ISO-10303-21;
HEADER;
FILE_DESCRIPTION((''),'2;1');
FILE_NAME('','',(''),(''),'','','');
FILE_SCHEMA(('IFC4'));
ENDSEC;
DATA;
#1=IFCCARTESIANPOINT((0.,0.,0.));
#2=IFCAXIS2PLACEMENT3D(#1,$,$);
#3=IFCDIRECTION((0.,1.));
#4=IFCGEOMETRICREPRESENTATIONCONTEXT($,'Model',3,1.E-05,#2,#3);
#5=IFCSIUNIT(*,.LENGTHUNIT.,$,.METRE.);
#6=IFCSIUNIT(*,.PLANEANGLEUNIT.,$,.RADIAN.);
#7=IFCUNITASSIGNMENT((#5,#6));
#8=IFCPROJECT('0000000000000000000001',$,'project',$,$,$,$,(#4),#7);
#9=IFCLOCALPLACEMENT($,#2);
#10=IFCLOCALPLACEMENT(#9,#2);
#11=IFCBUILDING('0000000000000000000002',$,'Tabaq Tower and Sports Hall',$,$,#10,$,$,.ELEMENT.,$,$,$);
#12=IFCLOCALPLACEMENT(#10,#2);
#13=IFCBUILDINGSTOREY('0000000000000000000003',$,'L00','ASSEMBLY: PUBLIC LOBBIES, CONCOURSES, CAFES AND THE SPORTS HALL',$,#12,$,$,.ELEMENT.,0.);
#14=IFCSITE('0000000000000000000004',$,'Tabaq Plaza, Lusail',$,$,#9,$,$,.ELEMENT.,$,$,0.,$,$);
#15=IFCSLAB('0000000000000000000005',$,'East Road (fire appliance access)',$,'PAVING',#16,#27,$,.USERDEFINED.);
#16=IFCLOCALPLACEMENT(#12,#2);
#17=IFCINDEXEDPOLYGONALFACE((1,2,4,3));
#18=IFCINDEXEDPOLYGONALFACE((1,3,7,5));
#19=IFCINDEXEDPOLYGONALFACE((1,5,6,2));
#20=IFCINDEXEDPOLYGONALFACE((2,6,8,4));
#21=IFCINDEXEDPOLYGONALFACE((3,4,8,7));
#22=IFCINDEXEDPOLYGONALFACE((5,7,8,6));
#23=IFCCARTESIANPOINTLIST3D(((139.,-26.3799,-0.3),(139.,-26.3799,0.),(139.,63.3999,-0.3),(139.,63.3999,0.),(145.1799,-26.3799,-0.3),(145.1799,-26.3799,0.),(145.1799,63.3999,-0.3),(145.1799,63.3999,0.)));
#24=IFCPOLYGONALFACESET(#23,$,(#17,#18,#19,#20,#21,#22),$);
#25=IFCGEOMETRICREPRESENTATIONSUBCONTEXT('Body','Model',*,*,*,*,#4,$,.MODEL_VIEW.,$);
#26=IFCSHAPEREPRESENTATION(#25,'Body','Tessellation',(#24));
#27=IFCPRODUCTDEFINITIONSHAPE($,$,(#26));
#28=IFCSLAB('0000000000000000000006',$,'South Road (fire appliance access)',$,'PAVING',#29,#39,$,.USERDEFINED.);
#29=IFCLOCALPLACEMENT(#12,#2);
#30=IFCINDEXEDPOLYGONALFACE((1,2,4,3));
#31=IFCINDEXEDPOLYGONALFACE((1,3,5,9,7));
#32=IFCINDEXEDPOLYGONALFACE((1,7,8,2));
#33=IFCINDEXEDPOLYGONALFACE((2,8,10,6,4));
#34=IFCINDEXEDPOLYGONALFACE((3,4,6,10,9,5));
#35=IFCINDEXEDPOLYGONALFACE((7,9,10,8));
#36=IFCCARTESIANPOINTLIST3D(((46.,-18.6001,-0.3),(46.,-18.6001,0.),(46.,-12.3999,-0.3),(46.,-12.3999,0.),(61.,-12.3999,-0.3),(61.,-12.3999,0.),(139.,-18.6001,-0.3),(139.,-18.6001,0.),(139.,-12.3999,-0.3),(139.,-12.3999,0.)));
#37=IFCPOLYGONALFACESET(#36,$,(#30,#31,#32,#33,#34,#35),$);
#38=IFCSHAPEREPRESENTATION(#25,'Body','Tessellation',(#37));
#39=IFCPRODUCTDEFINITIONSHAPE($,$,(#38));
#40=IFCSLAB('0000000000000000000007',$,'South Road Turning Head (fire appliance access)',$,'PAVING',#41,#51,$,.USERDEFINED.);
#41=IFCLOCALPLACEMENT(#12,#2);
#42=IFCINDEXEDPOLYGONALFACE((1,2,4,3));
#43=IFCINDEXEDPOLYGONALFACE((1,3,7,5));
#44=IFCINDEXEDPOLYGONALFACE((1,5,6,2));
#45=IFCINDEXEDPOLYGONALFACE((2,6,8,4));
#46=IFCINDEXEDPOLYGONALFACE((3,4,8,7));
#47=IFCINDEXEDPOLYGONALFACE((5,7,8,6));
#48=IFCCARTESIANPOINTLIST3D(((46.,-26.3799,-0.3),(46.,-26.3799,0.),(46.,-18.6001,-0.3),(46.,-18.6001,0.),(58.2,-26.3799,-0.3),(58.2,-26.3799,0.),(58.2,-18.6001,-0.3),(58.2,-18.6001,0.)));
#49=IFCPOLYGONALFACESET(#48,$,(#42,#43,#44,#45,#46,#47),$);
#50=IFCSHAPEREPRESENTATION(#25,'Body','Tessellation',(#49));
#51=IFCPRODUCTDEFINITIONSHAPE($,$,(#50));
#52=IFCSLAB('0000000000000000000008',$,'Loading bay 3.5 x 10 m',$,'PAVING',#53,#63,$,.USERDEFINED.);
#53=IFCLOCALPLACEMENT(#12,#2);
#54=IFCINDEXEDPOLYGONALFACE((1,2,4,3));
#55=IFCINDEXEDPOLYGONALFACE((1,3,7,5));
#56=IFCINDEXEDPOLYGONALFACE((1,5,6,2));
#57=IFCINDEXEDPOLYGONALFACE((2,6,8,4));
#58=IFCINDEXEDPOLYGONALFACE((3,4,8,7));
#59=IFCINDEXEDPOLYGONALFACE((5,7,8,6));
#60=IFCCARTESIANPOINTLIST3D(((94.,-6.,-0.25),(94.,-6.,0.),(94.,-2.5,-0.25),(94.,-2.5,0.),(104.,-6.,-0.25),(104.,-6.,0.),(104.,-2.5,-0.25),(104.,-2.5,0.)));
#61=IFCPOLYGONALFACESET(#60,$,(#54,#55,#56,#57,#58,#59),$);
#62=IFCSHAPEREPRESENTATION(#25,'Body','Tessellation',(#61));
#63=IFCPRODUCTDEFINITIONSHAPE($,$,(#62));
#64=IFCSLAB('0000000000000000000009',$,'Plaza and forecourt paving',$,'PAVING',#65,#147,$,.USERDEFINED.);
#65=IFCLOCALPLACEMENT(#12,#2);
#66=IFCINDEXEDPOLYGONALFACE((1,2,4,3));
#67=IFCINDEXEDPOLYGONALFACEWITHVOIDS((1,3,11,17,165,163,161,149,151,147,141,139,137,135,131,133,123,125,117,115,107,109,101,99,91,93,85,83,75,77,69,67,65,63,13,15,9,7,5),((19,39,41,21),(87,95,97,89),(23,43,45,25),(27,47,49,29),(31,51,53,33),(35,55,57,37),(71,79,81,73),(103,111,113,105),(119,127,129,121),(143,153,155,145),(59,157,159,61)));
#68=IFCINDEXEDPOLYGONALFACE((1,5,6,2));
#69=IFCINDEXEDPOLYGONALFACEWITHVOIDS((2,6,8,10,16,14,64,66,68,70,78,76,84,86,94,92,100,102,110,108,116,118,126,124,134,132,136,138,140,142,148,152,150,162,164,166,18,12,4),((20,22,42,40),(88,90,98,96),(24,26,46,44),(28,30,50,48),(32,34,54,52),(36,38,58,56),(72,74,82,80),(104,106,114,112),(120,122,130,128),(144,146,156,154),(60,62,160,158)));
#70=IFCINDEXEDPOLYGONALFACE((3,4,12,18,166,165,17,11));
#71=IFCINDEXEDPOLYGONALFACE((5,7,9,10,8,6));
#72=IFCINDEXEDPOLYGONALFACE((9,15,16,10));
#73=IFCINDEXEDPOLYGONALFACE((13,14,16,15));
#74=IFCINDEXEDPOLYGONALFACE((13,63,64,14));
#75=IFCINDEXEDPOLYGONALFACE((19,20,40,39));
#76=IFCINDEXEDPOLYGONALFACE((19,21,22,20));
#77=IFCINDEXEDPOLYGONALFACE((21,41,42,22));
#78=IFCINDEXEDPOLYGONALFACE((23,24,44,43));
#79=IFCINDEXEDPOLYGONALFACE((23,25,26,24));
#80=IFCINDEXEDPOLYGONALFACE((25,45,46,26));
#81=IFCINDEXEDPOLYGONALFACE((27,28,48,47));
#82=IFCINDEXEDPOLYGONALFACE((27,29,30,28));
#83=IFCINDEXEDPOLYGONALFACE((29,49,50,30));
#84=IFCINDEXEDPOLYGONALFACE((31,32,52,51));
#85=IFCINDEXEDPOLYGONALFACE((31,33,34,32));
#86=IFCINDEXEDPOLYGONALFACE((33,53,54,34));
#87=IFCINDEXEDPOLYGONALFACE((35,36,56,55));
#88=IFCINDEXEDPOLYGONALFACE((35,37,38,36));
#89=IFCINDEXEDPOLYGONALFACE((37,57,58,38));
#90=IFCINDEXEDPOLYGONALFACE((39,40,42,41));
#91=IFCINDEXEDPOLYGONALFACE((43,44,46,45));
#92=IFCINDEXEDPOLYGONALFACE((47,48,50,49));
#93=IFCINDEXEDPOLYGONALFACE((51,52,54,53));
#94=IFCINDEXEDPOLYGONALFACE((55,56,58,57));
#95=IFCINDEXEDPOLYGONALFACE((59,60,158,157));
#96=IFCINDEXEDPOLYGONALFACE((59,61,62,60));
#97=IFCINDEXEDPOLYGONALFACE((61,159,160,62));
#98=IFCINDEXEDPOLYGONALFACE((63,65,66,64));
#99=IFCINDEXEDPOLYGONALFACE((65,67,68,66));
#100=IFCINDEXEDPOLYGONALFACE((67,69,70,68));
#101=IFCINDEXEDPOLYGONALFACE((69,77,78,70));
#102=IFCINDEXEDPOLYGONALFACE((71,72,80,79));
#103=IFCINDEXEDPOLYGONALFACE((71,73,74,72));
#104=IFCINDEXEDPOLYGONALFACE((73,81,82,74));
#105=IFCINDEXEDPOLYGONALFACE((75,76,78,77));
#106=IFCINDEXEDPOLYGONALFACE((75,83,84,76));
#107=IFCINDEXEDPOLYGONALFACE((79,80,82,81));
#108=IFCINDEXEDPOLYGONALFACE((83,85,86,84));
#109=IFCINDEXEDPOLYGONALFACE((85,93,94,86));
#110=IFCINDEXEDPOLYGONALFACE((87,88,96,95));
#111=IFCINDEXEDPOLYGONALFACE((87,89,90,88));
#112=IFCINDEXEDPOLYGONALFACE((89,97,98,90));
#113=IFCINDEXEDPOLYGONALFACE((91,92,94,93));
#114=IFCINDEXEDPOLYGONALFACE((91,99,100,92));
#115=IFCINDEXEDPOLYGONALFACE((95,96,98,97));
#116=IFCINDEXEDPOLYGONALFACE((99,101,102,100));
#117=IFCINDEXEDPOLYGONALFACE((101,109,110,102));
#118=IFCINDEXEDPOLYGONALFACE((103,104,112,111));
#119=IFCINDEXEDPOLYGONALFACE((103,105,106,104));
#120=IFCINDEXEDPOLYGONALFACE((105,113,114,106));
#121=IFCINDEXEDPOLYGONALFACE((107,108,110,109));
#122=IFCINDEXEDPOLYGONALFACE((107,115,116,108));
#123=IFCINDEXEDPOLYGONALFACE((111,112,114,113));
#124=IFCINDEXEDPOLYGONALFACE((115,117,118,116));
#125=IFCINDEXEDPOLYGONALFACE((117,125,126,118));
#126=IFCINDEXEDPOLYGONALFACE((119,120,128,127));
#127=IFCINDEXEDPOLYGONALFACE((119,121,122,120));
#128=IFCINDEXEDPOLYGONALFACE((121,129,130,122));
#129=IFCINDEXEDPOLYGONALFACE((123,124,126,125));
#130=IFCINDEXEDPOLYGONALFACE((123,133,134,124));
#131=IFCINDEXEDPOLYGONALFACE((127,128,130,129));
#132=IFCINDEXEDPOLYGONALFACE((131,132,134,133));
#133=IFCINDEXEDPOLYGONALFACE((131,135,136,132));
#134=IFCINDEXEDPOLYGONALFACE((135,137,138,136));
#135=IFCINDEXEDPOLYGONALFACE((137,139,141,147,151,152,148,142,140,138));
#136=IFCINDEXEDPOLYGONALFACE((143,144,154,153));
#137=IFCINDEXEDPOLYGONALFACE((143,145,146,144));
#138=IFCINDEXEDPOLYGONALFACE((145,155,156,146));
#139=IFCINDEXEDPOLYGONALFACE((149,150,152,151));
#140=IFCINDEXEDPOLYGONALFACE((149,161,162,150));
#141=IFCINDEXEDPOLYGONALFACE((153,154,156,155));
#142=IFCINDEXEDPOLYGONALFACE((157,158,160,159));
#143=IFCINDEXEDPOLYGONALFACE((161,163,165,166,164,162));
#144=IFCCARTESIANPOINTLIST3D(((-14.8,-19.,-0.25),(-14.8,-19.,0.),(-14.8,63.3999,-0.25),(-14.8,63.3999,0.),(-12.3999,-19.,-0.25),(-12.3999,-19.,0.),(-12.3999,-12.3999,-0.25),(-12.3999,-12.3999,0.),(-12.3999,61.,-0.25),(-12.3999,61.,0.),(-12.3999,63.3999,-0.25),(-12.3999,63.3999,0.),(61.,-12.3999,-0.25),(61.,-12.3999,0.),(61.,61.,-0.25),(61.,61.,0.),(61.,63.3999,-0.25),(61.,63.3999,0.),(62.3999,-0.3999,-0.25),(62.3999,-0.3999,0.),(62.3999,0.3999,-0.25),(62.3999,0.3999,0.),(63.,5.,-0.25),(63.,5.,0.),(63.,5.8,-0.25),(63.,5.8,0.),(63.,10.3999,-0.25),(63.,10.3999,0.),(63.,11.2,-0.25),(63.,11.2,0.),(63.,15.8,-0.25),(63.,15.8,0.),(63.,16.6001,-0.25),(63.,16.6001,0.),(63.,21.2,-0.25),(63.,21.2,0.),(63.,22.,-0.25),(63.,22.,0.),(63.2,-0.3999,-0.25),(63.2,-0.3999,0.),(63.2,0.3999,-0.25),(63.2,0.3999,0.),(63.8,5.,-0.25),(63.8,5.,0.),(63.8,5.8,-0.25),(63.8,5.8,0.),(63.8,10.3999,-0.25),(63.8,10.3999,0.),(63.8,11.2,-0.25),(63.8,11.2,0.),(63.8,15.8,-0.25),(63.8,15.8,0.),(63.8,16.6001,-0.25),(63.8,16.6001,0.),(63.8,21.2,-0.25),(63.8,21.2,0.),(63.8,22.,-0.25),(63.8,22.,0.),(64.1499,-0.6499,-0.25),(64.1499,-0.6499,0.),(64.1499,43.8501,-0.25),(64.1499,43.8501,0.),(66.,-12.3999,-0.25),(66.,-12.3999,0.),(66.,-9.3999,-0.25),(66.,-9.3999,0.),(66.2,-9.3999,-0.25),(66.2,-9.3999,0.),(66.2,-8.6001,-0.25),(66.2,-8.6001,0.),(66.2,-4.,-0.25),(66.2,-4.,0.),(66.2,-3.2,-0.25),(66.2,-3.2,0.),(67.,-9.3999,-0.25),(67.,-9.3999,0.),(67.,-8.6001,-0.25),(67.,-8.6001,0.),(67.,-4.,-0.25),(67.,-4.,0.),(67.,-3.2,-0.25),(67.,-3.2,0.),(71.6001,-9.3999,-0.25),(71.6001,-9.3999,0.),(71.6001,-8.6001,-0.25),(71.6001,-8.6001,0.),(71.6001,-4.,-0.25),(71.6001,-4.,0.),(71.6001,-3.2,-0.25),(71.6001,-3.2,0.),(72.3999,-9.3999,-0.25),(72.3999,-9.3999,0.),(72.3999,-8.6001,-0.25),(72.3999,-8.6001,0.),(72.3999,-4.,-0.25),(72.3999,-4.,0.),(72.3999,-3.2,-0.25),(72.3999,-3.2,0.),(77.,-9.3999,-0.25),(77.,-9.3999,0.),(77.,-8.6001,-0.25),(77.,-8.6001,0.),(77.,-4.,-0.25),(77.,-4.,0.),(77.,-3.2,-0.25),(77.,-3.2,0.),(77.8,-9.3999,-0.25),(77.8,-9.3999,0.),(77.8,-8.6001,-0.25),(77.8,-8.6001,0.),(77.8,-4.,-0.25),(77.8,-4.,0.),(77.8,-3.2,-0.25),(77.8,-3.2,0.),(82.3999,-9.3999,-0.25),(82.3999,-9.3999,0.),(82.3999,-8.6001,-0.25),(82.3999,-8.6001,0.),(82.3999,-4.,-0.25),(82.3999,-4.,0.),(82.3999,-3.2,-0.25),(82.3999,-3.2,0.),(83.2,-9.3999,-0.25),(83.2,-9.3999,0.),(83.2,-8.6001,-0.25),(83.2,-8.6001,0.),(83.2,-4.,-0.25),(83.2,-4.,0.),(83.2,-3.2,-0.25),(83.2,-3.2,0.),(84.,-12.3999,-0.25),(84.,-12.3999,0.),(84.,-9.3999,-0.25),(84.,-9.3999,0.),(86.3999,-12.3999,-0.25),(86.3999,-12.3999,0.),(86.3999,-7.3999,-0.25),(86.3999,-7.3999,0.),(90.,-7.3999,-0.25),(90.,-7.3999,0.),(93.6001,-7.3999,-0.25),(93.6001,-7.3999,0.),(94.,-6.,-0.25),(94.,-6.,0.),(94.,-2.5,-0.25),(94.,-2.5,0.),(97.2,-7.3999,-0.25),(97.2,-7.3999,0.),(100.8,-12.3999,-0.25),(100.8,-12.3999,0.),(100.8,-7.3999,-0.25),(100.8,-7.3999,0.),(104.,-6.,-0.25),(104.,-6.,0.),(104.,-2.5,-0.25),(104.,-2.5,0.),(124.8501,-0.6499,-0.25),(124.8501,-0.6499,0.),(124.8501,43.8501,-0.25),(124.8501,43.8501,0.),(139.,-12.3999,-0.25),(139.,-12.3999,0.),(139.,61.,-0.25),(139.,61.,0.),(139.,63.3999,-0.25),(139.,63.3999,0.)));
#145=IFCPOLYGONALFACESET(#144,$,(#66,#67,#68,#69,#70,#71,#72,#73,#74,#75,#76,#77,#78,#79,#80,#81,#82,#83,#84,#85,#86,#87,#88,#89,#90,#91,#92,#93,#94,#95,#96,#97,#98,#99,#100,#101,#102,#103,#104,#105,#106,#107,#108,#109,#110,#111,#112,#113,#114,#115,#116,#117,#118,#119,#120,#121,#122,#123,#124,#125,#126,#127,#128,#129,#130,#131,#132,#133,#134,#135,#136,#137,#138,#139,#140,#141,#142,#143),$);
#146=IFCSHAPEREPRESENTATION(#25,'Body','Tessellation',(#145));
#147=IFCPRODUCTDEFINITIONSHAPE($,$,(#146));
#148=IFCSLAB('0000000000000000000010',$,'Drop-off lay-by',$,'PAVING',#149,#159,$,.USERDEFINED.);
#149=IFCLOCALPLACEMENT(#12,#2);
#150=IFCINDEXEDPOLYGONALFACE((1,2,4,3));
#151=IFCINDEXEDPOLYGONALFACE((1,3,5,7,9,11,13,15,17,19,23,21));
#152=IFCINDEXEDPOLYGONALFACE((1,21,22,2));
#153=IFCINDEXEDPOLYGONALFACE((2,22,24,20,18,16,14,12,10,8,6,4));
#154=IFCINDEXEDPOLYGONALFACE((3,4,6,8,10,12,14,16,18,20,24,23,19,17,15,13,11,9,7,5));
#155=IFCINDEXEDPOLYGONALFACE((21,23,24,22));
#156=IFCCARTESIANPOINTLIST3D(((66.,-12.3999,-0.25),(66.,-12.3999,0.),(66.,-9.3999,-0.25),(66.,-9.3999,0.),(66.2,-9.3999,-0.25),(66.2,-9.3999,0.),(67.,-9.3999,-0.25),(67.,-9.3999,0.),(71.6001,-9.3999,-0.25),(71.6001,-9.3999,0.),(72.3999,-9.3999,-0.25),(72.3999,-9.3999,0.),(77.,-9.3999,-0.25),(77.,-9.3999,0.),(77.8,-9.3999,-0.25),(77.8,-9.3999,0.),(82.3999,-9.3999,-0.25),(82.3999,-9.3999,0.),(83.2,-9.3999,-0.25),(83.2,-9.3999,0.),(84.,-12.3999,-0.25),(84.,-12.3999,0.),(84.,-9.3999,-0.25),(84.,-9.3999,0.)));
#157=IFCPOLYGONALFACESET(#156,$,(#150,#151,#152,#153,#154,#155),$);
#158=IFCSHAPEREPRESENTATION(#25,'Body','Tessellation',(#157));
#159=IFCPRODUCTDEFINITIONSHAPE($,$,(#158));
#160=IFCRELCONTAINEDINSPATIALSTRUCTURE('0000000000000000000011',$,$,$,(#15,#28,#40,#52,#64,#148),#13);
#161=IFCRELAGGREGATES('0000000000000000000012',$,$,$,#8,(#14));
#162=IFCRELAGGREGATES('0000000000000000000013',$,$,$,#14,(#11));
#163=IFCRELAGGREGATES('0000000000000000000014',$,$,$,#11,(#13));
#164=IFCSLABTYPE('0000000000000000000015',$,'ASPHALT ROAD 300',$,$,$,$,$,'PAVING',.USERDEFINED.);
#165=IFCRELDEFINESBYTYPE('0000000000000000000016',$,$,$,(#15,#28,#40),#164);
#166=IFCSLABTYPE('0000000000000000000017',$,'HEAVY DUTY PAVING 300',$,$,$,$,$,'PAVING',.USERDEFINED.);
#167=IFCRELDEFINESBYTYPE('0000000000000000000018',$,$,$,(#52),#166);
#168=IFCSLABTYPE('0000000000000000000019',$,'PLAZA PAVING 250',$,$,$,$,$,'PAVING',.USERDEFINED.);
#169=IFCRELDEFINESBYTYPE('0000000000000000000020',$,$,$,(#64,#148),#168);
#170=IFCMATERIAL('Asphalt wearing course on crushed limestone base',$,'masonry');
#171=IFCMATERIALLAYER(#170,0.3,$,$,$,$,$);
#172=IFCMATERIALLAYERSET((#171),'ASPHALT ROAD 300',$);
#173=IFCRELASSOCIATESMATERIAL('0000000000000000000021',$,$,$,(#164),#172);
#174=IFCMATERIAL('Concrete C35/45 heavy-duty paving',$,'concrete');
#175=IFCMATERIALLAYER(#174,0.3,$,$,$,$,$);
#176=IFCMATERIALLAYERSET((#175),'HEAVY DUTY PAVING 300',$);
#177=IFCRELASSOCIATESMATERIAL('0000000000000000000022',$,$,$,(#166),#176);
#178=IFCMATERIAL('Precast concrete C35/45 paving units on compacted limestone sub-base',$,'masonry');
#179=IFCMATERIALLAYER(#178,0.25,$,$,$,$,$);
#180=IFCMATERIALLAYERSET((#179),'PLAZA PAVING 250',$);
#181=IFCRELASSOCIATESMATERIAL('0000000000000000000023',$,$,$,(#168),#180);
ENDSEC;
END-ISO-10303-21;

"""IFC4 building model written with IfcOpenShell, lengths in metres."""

from ifc_helpers import new_model, si_unit, direction, frame, origin, place, context, subcontext, project, spatial, polyline, outline, extrude, material, layer, layer_set, type_object, element, save


model = new_model("IFC4")

# Units and contexts
model_context = context("Model", 3, precision=1e-05, world=origin(), true_north=direction((0.0, 1.0)))
body_context = subcontext(model_context, "Body", "Model", "MODEL_VIEW")
ifc_project = project(units=[si_unit("LENGTHUNIT", "METRE"), si_unit("PLANEANGLEUNIT", "RADIAN")], contexts=[model_context])

# Site, building, storey
site_placement = place(None, origin())
site = spatial("IfcSite", under=ifc_project, at=site_placement, Name="Tabaq Plaza, Lusail", CompositionType="ELEMENT", RefElevation=0.0)
building_placement = place(site_placement, origin())
building = spatial("IfcBuilding", under=site, at=building_placement, Name="Tabaq Tower and Sports Hall", CompositionType="ELEMENT")
storey_placement = place(building_placement, origin())
storey = spatial("IfcBuildingStorey", under=building, at=storey_placement, Name="L00", Description="ASSEMBLY: PUBLIC LOBBIES, CONCOURSES, CAFES AND THE SPORTS HALL", CompositionType="ELEMENT", Elevation=0.0)

# Slabs
ifc_material_1 = material(Name="Asphalt wearing course on crushed limestone base", Category="masonry")
ifc_layer_1 = layer(ifc_material_1, 0.3)
ifc_layer_set_1 = layer_set([ifc_layer_1], Name="ASPHALT ROAD 300")
slab_type_1 = type_object("IfcSlabType", Name="ASPHALT ROAD 300", ElementType="PAVING", PredefinedType="USERDEFINED", material=ifc_layer_set_1)
slab_1_placement = place(storey_placement, frame((0.0, 0.0, -0.3)))
element("IfcSlab", 1, at=slab_1_placement, inside=storey, type_object=slab_type_1, Name="East Road (fire appliance access)", ObjectType="PAVING", PredefinedType="USERDEFINED", context=body_context, shape_type="SweptSolid", body=[
    extrude(outline(polyline([(139.0, 63.3999), (139.0, -26.3799), (145.1799, -26.3799), (145.1799, 63.3999), (139.0, 63.3999)])), origin(), (0.0, 0.0, 1.0), 0.3),
])
slab_2_placement = place(storey_placement, frame((0.0, 0.0, -0.3)))
element("IfcSlab", 2, at=slab_2_placement, inside=storey, type_object=slab_type_1, Name="South Road (fire appliance access)", ObjectType="PAVING", PredefinedType="USERDEFINED", context=body_context, shape_type="SweptSolid", body=[
    extrude(outline(polyline([(139.0, -18.6001), (139.0, -12.3999), (61.0, -12.3999), (46.0, -12.3999), (46.0, -18.6001), (139.0, -18.6001)])), origin(), (0.0, 0.0, 1.0), 0.3),
])
slab_3_placement = place(storey_placement, frame((0.0, 0.0, -0.3)))
element("IfcSlab", 3, at=slab_3_placement, inside=storey, type_object=slab_type_1, Name="South Road Turning Head (fire appliance access)", ObjectType="PAVING", PredefinedType="USERDEFINED", context=body_context, shape_type="SweptSolid", body=[
    extrude(outline(polyline([(46.0, -18.6001), (46.0, -26.3799), (58.2, -26.3799), (58.2, -18.6001), (46.0, -18.6001)])), origin(), (0.0, 0.0, 1.0), 0.3),
])
ifc_material_2 = material(Name="Concrete C35/45 heavy-duty paving", Category="concrete")
ifc_layer_2 = layer(ifc_material_2, 0.3)
ifc_layer_set_2 = layer_set([ifc_layer_2], Name="HEAVY DUTY PAVING 300")
slab_type_2 = type_object("IfcSlabType", Name="HEAVY DUTY PAVING 300", ElementType="PAVING", PredefinedType="USERDEFINED", material=ifc_layer_set_2)
slab_4_placement = place(storey_placement, frame((0.0, 0.0, -0.25)))
element("IfcSlab", 4, at=slab_4_placement, inside=storey, type_object=slab_type_2, Name="Loading bay 3.5 x 10 m", ObjectType="PAVING", PredefinedType="USERDEFINED", context=body_context, shape_type="SweptSolid", body=[
    extrude(outline(polyline([(104.0, -6.0), (104.0, -2.5), (94.0, -2.5), (94.0, -6.0), (104.0, -6.0)])), origin(), (0.0, 0.0, 1.0), 0.25),
])
ifc_material_3 = material(Name="Precast concrete C35/45 paving units on compacted limestone sub-base", Category="masonry")
ifc_layer_3 = layer(ifc_material_3, 0.25)
ifc_layer_set_3 = layer_set([ifc_layer_3], Name="PLAZA PAVING 250")
slab_type_3 = type_object("IfcSlabType", Name="PLAZA PAVING 250", ElementType="PAVING", PredefinedType="USERDEFINED", material=ifc_layer_set_3)
slab_5_placement = place(storey_placement, frame((0.0, 0.0, -0.25)))
element("IfcSlab", 5, at=slab_5_placement, inside=storey, type_object=slab_type_3, Name="Plaza and forecourt paving", ObjectType="PAVING", PredefinedType="USERDEFINED", context=body_context, shape_type="SweptSolid", body=[
    extrude(outline(polyline([(100.8, -12.3999), (139.0, -12.3999), (139.0, 61.0), (139.0, 63.3999), (61.0, 63.3999), (-12.3999, 63.3999), (-14.8, 63.3999), (-14.8, -19.0), (-12.3999, -19.0), (-12.3999, -12.3999), (-12.3999, 61.0), (61.0, 61.0), (61.0, -12.3999), (66.0, -12.3999), (66.0, -9.3999), (66.2, -9.3999), (66.2, -8.6001), (67.0, -8.6001), (67.0, -9.3999), (71.6001, -9.3999), (71.6001, -8.6001), (72.3999, -8.6001), (72.3999, -9.3999), (77.0, -9.3999), (77.0, -8.6001), (77.8, -8.6001), (77.8, -9.3999), (82.3999, -9.3999), (82.3999, -8.6001), (83.2, -8.6001), (83.2, -9.3999), (84.0, -9.3999), (84.0, -12.3999), (86.3999, -12.3999), (86.3999, -7.3999), (90.0, -7.3999), (93.6001, -7.3999), (97.2, -7.3999), (100.8, -7.3999), (100.8, -12.3999)]), holes=[polyline([(124.8501, 43.8501), (124.8501, -0.6499), (64.1499, -0.6499), (64.1499, 43.8501), (124.8501, 43.8501)]), polyline([(94.0, -6.0), (94.0, -2.5), (104.0, -2.5), (104.0, -6.0), (94.0, -6.0)]), polyline([(67.0, -4.0), (66.2, -4.0), (66.2, -3.2), (67.0, -3.2), (67.0, -4.0)]), polyline([(63.2, -0.3999), (62.3999, -0.3999), (62.3999, 0.3999), (63.2, 0.3999), (63.2, -0.3999)]), polyline([(63.8, 5.8), (63.8, 5.0), (63.0, 5.0), (63.0, 5.8), (63.8, 5.8)]), polyline([(63.8, 10.3999), (63.0, 10.3999), (63.0, 11.2), (63.8, 11.2), (63.8, 10.3999)]), polyline([(63.8, 15.8), (63.0, 15.8), (63.0, 16.6001), (63.8, 16.6001), (63.8, 15.8)]), polyline([(63.8, 22.0), (63.8, 21.2), (63.0, 21.2), (63.0, 22.0), (63.8, 22.0)]), polyline([(72.3999, -4.0), (71.6001, -4.0), (71.6001, -3.2), (72.3999, -3.2), (72.3999, -4.0)]), polyline([(77.8, -4.0), (77.0, -4.0), (77.0, -3.2), (77.8, -3.2), (77.8, -4.0)]), polyline([(83.2, -4.0), (82.3999, -4.0), (82.3999, -3.2), (83.2, -3.2), (83.2, -4.0)])]), origin(), (0.0, 0.0, 1.0), 0.25),
])
slab_6_placement = place(storey_placement, frame((0.0, 0.0, -0.25)))
element("IfcSlab", 6, at=slab_6_placement, inside=storey, type_object=slab_type_3, Name="Drop-off lay-by", ObjectType="PAVING", PredefinedType="USERDEFINED", context=body_context, shape_type="SweptSolid", body=[
    extrude(outline(polyline([(84.0, -9.3999), (83.2, -9.3999), (82.3999, -9.3999), (77.8, -9.3999), (77.0, -9.3999), (72.3999, -9.3999), (71.6001, -9.3999), (67.0, -9.3999), (66.2, -9.3999), (66.0, -9.3999), (66.0, -12.3999), (84.0, -12.3999), (84.0, -9.3999)])), origin(), (0.0, 0.0, 1.0), 0.25),
])

save(model, "model.ifc")
